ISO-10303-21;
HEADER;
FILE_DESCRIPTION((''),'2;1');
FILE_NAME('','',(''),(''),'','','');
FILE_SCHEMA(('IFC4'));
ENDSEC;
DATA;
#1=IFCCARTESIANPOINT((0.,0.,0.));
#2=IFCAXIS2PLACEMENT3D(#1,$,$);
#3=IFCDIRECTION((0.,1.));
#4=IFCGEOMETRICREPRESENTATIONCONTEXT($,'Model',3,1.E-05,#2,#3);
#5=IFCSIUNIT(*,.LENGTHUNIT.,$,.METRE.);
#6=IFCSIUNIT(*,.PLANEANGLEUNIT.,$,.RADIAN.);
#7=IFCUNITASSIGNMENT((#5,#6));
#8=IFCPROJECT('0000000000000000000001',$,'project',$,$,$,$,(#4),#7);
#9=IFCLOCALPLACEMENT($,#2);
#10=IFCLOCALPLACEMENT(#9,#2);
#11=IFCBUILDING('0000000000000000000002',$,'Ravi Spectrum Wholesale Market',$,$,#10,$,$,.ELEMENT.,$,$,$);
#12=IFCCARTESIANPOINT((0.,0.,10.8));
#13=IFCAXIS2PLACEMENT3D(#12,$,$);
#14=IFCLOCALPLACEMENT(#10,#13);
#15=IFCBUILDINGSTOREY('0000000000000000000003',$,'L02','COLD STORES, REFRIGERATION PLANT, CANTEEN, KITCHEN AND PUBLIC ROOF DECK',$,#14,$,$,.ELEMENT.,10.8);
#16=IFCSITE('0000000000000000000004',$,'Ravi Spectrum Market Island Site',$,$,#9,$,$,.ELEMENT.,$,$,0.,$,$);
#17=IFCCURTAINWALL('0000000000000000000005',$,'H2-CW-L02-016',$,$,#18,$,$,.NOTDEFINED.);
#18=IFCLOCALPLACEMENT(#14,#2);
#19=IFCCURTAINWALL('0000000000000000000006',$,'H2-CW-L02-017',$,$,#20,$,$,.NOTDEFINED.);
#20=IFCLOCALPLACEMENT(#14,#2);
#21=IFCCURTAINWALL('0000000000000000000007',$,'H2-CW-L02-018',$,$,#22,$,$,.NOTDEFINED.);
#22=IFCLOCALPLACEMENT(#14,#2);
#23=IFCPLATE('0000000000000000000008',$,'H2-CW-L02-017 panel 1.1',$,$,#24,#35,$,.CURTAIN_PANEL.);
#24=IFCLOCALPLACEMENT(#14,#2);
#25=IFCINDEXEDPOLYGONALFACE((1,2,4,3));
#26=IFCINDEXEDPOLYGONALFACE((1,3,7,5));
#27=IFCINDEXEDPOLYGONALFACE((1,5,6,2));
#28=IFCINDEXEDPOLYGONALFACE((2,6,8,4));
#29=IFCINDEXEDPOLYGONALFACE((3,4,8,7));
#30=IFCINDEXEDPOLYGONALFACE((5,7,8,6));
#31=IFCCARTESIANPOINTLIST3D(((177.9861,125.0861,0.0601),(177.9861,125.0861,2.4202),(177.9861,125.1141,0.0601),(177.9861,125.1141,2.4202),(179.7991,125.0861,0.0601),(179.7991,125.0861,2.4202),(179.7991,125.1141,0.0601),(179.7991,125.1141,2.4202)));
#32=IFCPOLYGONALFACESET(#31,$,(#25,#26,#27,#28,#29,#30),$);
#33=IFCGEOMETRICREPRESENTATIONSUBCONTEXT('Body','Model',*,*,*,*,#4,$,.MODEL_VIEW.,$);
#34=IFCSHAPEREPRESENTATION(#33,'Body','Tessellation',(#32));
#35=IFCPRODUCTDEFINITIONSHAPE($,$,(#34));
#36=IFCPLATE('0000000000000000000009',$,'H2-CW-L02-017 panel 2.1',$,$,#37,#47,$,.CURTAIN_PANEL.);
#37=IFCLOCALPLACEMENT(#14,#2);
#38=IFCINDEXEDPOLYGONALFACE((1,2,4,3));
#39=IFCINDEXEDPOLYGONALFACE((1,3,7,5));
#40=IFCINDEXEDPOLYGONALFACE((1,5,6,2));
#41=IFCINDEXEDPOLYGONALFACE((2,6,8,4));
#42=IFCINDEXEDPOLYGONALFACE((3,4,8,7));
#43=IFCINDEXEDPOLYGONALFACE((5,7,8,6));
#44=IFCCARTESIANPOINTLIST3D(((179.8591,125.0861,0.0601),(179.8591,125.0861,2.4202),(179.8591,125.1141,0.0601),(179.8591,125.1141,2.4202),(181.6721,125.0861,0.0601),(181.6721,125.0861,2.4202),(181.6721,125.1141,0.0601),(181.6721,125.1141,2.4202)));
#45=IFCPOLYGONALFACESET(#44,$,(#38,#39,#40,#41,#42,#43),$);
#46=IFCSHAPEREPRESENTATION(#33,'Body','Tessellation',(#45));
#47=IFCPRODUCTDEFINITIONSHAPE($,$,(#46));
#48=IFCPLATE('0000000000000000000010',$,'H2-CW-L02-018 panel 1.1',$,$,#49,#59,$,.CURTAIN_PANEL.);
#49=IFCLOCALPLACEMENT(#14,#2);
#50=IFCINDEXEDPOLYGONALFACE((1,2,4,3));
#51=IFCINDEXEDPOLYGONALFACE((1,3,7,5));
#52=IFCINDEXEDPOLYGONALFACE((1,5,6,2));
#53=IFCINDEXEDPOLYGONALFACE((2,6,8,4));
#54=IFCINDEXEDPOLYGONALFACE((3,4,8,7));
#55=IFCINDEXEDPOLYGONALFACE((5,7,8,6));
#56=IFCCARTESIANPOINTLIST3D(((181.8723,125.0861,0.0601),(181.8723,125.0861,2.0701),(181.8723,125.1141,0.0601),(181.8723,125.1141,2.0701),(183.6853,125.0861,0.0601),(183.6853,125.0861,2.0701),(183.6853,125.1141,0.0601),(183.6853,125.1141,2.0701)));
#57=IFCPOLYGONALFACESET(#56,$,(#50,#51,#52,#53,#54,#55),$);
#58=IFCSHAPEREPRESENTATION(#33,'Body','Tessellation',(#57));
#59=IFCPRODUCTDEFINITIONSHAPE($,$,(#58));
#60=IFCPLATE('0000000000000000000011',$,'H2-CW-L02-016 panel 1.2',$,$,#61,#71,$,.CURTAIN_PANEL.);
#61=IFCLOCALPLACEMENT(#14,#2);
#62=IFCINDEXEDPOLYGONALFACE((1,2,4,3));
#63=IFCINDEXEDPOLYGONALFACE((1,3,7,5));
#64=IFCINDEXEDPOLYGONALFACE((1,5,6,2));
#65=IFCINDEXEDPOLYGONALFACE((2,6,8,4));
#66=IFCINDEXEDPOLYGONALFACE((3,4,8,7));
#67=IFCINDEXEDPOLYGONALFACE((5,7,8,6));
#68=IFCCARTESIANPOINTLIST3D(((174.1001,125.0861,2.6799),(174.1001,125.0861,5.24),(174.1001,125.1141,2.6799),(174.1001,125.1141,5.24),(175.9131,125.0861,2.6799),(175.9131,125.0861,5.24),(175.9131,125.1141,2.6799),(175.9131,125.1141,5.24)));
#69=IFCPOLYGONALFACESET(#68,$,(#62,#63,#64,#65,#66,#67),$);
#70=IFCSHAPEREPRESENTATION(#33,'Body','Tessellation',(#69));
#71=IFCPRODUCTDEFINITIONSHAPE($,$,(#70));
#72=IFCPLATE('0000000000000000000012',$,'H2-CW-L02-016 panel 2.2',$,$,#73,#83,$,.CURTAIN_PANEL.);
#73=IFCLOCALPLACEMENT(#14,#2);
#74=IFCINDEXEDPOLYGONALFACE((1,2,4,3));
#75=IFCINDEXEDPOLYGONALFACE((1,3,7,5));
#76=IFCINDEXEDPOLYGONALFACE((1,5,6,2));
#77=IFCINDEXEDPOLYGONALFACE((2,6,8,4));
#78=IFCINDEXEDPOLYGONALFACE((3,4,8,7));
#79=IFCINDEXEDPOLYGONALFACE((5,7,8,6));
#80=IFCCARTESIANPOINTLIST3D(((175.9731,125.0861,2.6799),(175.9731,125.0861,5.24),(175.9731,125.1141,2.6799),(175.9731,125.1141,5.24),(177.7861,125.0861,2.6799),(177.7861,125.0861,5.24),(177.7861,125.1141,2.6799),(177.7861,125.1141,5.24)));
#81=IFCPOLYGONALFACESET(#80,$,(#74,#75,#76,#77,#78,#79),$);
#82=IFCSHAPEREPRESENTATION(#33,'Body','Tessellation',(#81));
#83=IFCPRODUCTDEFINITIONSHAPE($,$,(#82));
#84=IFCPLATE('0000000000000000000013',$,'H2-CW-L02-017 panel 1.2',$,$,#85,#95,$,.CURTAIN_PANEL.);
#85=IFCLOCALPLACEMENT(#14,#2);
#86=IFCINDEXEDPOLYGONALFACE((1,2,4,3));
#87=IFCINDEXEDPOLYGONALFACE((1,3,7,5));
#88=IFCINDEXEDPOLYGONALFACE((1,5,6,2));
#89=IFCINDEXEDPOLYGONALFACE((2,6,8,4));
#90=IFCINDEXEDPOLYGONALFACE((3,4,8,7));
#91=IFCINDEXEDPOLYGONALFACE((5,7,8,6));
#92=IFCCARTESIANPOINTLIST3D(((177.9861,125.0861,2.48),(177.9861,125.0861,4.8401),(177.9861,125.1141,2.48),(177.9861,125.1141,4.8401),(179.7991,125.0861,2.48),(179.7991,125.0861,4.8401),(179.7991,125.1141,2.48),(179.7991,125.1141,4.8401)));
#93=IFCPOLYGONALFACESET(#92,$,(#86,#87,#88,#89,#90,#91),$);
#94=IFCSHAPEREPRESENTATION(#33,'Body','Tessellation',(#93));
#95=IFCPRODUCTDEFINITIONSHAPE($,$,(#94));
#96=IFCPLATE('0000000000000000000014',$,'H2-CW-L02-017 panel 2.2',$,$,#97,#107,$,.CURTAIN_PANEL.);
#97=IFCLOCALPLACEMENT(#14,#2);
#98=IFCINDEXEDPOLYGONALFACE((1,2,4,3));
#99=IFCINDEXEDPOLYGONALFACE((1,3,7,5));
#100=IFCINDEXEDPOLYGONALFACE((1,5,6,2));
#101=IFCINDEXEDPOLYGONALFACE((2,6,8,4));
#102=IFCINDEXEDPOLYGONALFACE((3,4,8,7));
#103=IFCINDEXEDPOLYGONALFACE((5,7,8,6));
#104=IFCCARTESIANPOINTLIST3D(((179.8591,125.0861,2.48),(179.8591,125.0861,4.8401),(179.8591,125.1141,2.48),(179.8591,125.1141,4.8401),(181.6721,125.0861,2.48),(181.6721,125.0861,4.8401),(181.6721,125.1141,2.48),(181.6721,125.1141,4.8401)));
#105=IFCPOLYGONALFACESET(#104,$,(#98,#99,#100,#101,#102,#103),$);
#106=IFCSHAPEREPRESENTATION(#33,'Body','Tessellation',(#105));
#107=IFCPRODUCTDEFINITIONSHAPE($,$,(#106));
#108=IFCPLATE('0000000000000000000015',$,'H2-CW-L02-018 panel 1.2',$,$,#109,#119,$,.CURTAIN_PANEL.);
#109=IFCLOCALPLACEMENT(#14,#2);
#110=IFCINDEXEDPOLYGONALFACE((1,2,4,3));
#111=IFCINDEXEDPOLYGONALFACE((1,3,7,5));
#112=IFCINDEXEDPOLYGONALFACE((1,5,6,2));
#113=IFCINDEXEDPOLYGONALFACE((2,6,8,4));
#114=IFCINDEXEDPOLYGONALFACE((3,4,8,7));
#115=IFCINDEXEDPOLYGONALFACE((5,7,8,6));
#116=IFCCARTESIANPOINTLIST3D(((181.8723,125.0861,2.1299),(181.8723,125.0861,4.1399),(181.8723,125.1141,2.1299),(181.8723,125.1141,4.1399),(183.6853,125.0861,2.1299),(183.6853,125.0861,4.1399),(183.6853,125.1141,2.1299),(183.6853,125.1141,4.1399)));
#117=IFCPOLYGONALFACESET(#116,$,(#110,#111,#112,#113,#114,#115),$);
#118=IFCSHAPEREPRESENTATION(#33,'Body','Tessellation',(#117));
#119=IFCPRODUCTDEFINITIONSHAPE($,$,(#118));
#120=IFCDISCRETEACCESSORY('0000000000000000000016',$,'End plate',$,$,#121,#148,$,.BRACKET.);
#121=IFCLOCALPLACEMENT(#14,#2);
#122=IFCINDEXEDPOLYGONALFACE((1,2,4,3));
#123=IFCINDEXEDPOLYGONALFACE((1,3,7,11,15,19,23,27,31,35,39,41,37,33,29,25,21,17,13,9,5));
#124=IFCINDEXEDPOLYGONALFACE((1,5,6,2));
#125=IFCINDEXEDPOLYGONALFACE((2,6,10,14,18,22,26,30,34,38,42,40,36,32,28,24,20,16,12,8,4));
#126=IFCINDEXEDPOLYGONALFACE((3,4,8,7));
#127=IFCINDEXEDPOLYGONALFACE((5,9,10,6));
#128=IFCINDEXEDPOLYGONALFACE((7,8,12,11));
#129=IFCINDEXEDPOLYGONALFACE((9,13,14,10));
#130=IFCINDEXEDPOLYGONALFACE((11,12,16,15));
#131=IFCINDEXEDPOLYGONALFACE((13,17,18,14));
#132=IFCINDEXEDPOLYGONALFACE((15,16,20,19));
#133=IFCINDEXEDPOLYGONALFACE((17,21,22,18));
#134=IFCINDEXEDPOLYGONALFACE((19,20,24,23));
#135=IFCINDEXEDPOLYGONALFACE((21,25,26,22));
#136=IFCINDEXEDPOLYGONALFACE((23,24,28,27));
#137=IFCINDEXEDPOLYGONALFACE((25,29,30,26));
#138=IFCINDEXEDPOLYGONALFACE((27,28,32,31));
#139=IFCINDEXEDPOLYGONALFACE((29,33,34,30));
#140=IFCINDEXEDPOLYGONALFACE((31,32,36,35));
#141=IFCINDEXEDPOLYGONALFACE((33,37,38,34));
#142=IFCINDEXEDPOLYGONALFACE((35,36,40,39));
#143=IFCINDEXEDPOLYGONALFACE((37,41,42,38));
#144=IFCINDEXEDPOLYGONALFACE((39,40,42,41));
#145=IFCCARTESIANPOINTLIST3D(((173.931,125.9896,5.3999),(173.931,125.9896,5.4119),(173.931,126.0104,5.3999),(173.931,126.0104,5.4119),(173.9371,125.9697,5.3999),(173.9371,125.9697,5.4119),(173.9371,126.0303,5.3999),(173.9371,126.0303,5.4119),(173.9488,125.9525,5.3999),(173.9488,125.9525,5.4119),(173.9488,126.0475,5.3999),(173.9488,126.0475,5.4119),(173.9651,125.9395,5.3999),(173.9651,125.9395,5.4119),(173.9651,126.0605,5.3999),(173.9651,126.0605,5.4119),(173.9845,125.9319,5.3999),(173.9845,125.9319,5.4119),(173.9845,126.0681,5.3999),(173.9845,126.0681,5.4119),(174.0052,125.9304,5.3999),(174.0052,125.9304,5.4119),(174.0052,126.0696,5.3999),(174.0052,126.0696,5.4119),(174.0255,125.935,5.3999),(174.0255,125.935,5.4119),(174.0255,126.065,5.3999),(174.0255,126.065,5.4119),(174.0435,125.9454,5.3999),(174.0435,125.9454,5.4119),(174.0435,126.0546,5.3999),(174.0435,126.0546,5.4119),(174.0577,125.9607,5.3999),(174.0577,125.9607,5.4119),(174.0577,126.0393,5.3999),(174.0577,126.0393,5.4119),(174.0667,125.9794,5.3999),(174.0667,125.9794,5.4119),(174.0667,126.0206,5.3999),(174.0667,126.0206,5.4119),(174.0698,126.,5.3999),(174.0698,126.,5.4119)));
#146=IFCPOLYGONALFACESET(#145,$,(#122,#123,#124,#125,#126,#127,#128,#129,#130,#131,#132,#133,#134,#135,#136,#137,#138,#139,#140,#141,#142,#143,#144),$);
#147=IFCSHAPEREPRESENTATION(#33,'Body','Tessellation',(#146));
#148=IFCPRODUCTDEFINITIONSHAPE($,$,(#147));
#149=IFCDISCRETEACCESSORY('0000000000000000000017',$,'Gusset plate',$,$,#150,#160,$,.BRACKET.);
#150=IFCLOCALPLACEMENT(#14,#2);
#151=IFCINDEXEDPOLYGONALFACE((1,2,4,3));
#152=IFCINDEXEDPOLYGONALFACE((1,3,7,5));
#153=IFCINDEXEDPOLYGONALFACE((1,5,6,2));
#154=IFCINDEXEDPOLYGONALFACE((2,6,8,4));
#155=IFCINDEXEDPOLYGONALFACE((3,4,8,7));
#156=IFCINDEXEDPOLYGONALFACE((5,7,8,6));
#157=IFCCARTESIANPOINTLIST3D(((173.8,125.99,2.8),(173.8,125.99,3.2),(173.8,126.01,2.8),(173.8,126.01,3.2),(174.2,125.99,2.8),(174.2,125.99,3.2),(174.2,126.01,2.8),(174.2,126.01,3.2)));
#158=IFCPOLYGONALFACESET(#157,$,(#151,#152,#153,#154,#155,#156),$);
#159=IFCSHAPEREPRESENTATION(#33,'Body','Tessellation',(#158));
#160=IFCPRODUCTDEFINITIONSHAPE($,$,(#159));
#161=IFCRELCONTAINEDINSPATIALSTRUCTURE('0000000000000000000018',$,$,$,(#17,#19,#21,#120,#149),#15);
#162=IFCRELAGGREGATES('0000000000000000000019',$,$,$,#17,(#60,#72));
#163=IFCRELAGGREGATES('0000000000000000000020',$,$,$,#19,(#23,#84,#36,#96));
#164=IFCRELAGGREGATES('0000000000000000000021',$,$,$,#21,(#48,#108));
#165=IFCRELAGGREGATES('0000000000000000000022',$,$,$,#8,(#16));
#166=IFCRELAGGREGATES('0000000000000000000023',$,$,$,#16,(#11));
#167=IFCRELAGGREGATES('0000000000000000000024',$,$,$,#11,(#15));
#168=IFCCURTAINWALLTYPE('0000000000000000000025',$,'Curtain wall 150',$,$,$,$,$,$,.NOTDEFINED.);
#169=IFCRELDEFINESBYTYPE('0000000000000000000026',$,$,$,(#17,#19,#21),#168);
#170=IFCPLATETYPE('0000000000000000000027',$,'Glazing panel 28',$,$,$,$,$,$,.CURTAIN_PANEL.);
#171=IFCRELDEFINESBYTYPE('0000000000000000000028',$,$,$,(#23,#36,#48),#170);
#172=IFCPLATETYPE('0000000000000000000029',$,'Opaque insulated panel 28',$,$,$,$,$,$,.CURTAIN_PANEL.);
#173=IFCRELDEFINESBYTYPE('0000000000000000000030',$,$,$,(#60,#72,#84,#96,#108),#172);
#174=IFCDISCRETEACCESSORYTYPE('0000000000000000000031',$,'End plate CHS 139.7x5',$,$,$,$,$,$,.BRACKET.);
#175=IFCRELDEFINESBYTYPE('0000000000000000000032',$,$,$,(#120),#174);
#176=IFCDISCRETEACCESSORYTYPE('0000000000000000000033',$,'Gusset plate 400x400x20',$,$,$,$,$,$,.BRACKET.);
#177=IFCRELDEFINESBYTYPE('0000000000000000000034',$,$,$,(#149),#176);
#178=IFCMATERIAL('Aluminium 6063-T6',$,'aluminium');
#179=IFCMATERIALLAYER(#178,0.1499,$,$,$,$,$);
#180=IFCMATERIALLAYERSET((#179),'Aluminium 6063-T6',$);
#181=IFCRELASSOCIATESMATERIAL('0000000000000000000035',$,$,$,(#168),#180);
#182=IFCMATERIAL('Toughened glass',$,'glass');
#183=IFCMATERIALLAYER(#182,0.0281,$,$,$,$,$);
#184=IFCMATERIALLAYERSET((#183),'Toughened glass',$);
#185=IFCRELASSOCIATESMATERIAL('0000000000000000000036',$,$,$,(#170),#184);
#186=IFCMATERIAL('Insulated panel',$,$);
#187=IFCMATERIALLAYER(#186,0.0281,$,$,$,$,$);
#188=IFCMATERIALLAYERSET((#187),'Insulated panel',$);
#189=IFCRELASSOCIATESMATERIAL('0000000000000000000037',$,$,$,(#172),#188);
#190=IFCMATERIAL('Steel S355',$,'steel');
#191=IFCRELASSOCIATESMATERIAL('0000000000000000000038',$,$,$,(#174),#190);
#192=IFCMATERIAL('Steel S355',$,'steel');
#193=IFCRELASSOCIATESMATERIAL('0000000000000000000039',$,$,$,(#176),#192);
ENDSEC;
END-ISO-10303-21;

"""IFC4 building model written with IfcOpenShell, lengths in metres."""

from ifc_helpers import new_model, si_unit, direction, frame, origin, origin_2d, place, context, subcontext, project, spatial, rectangle, circle, extrude, material, layer, layer_set, material_profile, profile_set, type_object, element, aggregate, save


model = new_model("IFC4")

# Units and contexts
model_context = context("Model", 3, precision=1e-05, world=origin(), true_north=direction((0.0, 1.0)))
body_context = subcontext(model_context, "Body", "Model", "MODEL_VIEW")
ifc_project = project(units=[si_unit("LENGTHUNIT", "METRE"), si_unit("PLANEANGLEUNIT", "RADIAN")], contexts=[model_context])

# Site, building, storey
site_placement = place(None, origin())
site = spatial("IfcSite", under=ifc_project, at=site_placement, Name="Ravi Spectrum Market Island Site", CompositionType="ELEMENT", RefElevation=0.0)
building_placement = place(site_placement, origin())
building = spatial("IfcBuilding", under=site, at=building_placement, Name="Ravi Spectrum Wholesale Market", CompositionType="ELEMENT")
storey_placement = place(building_placement, frame((0.0, 0.0, 10.8)))
storey = spatial("IfcBuildingStorey", under=building, at=storey_placement, Name="L02", Description="COLD STORES, REFRIGERATION PLANT, CANTEEN, KITCHEN AND PUBLIC ROOF DECK", CompositionType="ELEMENT", Elevation=10.8)

# Curtain walls
ifc_material_1 = material(Name="Aluminium 6063-T6", Category="aluminium")
ifc_layer_1 = layer(ifc_material_1, 0.1499)
ifc_layer_set_1 = layer_set([ifc_layer_1], Name="Aluminium 6063-T6")
curtain_wall_type = type_object("IfcCurtainWallType", Name="Curtain wall 150", PredefinedType="NOTDEFINED", material=ifc_layer_set_1)
curtain_wall_1_placement = place(storey_placement, origin())
curtain_wall_1 = element("IfcCurtainWall", 1, at=curtain_wall_1_placement, inside=storey, type_object=curtain_wall_type, Name="H2-CW-L02-016", PredefinedType="NOTDEFINED")
curtain_wall_2_placement = place(storey_placement, origin())
curtain_wall_2 = element("IfcCurtainWall", 2, at=curtain_wall_2_placement, inside=storey, type_object=curtain_wall_type, Name="H2-CW-L02-017", PredefinedType="NOTDEFINED")
curtain_wall_3_placement = place(storey_placement, origin())
curtain_wall_3 = element("IfcCurtainWall", 3, at=curtain_wall_3_placement, inside=storey, type_object=curtain_wall_type, Name="H2-CW-L02-018", PredefinedType="NOTDEFINED")

# Plates
ifc_material_2 = material(Name="Toughened glass", Category="glass")
ifc_layer_2 = layer(ifc_material_2, 0.0281)
ifc_layer_set_2 = layer_set([ifc_layer_2], Name="Toughened glass")
plate_type_1 = type_object("IfcPlateType", Name="Glazing panel 28", PredefinedType="CURTAIN_PANEL", material=ifc_layer_set_2)
plate_1_placement = place(storey_placement, frame((178.8926, 125.1001, 0.0601), z_axis=(0.0, 0.0, 1.0), x_axis=(1.0, 0.0, 0.0)))
plate_1 = element("IfcPlate", 4, at=plate_1_placement, type_object=plate_type_1, Name="H2-CW-L02-017 panel 1.1", PredefinedType="CURTAIN_PANEL", context=body_context, shape_type="SweptSolid", body=[
    extrude(rectangle(XDim=1.813, YDim=0.0281, at=origin_2d()), origin(), (0.0, 0.0, 1.0), 2.3601),
])
plate_2_placement = place(storey_placement, frame((180.7656, 125.1001, 0.0601), z_axis=(0.0, 0.0, 1.0), x_axis=(1.0, 0.0, 0.0)))
plate_2 = element("IfcPlate", 5, at=plate_2_placement, type_object=plate_type_1, Name="H2-CW-L02-017 panel 2.1", PredefinedType="CURTAIN_PANEL", context=body_context, shape_type="SweptSolid", body=[
    extrude(rectangle(XDim=1.813, YDim=0.0281, at=origin_2d()), origin(), (0.0, 0.0, 1.0), 2.3601),
])
plate_3_placement = place(storey_placement, frame((182.7788, 125.1001, 0.0601), z_axis=(0.0, 0.0, 1.0), x_axis=(1.0, 0.0, 0.0)))
plate_3 = element("IfcPlate", 6, at=plate_3_placement, type_object=plate_type_1, Name="H2-CW-L02-018 panel 1.1", PredefinedType="CURTAIN_PANEL", context=body_context, shape_type="SweptSolid", body=[
    extrude(rectangle(XDim=1.813, YDim=0.0281, at=origin_2d()), origin(), (0.0, 0.0, 1.0), 2.01),
])
ifc_material_3 = material(Name="Insulated panel")
ifc_layer_3 = layer(ifc_material_3, 0.0281)
ifc_layer_set_3 = layer_set([ifc_layer_3], Name="Insulated panel")
plate_type_2 = type_object("IfcPlateType", Name="Opaque insulated panel 28", PredefinedType="CURTAIN_PANEL", material=ifc_layer_set_3)
plate_4_placement = place(storey_placement, frame((175.0066, 125.1001, 2.6799), z_axis=(0.0, 0.0, 1.0), x_axis=(1.0, 0.0, 0.0)))
plate_4 = element("IfcPlate", 7, at=plate_4_placement, type_object=plate_type_2, Name="H2-CW-L02-016 panel 1.2", PredefinedType="CURTAIN_PANEL", context=body_context, shape_type="SweptSolid", body=[
    extrude(rectangle(XDim=1.813, YDim=0.0281, at=origin_2d()), origin(), (0.0, 0.0, 1.0), 2.5601),
])
plate_5_placement = place(storey_placement, frame((176.8796, 125.1001, 2.6799), z_axis=(0.0, 0.0, 1.0), x_axis=(1.0, 0.0, 0.0)))
plate_5 = element("IfcPlate", 8, at=plate_5_placement, type_object=plate_type_2, Name="H2-CW-L02-016 panel 2.2", PredefinedType="CURTAIN_PANEL", context=body_context, shape_type="SweptSolid", body=[
    extrude(rectangle(XDim=1.813, YDim=0.0281, at=origin_2d()), origin(), (0.0, 0.0, 1.0), 2.5601),
])
aggregate(curtain_wall_1, [plate_4, plate_5])
plate_6_placement = place(storey_placement, frame((178.8926, 125.1001, 2.48), z_axis=(0.0, 0.0, 1.0), x_axis=(1.0, 0.0, 0.0)))
plate_6 = element("IfcPlate", 9, at=plate_6_placement, type_object=plate_type_2, Name="H2-CW-L02-017 panel 1.2", PredefinedType="CURTAIN_PANEL", context=body_context, shape_type="SweptSolid", body=[
    extrude(rectangle(XDim=1.813, YDim=0.0281, at=origin_2d()), origin(), (0.0, 0.0, 1.0), 2.3601),
])
plate_7_placement = place(storey_placement, frame((180.7656, 125.1001, 2.48), z_axis=(0.0, 0.0, 1.0), x_axis=(1.0, 0.0, 0.0)))
plate_7 = element("IfcPlate", 10, at=plate_7_placement, type_object=plate_type_2, Name="H2-CW-L02-017 panel 2.2", PredefinedType="CURTAIN_PANEL", context=body_context, shape_type="SweptSolid", body=[
    extrude(rectangle(XDim=1.813, YDim=0.0281, at=origin_2d()), origin(), (0.0, 0.0, 1.0), 2.3601),
])
aggregate(curtain_wall_2, [plate_1, plate_6, plate_2, plate_7])
plate_8_placement = place(storey_placement, frame((182.7788, 125.1001, 2.1299), z_axis=(0.0, 0.0, 1.0), x_axis=(1.0, 0.0, 0.0)))
plate_8 = element("IfcPlate", 11, at=plate_8_placement, type_object=plate_type_2, Name="H2-CW-L02-018 panel 1.2", PredefinedType="CURTAIN_PANEL", context=body_context, shape_type="SweptSolid", body=[
    extrude(rectangle(XDim=1.813, YDim=0.0281, at=origin_2d()), origin(), (0.0, 0.0, 1.0), 2.01),
])
aggregate(curtain_wall_3, [plate_3, plate_8])

# Discrete accessories
ifc_material_4 = material(Name="Steel S355", Category="steel")
ifc_material_profile_1 = material_profile(ifc_material_4, circle(Radius=0.0698, at=origin_2d()))
ifc_profile_set_1 = profile_set([ifc_material_profile_1], Name="Steel S355")
discrete_accessory_type_1 = type_object("IfcDiscreteAccessoryType", Name="End plate CHS 139.7x5", PredefinedType="BRACKET", material=ifc_profile_set_1)
discrete_accessory_1_placement = place(storey_placement, frame((174.0, 126.0, 5.3999), z_axis=(0.0, 0.0, 1.0), x_axis=(1.0, 0.0, 0.0)))
element("IfcDiscreteAccessory", 12, at=discrete_accessory_1_placement, inside=storey, type_object=discrete_accessory_type_1, Name="End plate", PredefinedType="BRACKET", context=body_context, shape_type="SweptSolid", body=[
    extrude(circle(Radius=0.0698, at=origin_2d()), origin(), (0.0, 0.0, 1.0), 0.012),
])
ifc_material_5 = material(Name="Steel S355", Category="steel")
ifc_material_profile_2 = material_profile(ifc_material_5, rectangle(XDim=0.3999, YDim=0.02, at=origin_2d()))
ifc_profile_set_2 = profile_set([ifc_material_profile_2], Name="Steel S355")
discrete_accessory_type_2 = type_object("IfcDiscreteAccessoryType", Name="Gusset plate 400x400x20", PredefinedType="BRACKET", material=ifc_profile_set_2)
discrete_accessory_2_placement = place(storey_placement, frame((174.0, 126.0, 2.8), z_axis=(0.0, 0.0, 1.0), x_axis=(1.0, 0.0, 0.0)))
element("IfcDiscreteAccessory", 13, at=discrete_accessory_2_placement, inside=storey, type_object=discrete_accessory_type_2, Name="Gusset plate", PredefinedType="BRACKET", context=body_context, shape_type="SweptSolid", body=[
    extrude(rectangle(XDim=0.3999, YDim=0.02, at=origin_2d()), origin(), (0.0, 0.0, 1.0), 0.3999),
])

save(model, "model.ifc")
